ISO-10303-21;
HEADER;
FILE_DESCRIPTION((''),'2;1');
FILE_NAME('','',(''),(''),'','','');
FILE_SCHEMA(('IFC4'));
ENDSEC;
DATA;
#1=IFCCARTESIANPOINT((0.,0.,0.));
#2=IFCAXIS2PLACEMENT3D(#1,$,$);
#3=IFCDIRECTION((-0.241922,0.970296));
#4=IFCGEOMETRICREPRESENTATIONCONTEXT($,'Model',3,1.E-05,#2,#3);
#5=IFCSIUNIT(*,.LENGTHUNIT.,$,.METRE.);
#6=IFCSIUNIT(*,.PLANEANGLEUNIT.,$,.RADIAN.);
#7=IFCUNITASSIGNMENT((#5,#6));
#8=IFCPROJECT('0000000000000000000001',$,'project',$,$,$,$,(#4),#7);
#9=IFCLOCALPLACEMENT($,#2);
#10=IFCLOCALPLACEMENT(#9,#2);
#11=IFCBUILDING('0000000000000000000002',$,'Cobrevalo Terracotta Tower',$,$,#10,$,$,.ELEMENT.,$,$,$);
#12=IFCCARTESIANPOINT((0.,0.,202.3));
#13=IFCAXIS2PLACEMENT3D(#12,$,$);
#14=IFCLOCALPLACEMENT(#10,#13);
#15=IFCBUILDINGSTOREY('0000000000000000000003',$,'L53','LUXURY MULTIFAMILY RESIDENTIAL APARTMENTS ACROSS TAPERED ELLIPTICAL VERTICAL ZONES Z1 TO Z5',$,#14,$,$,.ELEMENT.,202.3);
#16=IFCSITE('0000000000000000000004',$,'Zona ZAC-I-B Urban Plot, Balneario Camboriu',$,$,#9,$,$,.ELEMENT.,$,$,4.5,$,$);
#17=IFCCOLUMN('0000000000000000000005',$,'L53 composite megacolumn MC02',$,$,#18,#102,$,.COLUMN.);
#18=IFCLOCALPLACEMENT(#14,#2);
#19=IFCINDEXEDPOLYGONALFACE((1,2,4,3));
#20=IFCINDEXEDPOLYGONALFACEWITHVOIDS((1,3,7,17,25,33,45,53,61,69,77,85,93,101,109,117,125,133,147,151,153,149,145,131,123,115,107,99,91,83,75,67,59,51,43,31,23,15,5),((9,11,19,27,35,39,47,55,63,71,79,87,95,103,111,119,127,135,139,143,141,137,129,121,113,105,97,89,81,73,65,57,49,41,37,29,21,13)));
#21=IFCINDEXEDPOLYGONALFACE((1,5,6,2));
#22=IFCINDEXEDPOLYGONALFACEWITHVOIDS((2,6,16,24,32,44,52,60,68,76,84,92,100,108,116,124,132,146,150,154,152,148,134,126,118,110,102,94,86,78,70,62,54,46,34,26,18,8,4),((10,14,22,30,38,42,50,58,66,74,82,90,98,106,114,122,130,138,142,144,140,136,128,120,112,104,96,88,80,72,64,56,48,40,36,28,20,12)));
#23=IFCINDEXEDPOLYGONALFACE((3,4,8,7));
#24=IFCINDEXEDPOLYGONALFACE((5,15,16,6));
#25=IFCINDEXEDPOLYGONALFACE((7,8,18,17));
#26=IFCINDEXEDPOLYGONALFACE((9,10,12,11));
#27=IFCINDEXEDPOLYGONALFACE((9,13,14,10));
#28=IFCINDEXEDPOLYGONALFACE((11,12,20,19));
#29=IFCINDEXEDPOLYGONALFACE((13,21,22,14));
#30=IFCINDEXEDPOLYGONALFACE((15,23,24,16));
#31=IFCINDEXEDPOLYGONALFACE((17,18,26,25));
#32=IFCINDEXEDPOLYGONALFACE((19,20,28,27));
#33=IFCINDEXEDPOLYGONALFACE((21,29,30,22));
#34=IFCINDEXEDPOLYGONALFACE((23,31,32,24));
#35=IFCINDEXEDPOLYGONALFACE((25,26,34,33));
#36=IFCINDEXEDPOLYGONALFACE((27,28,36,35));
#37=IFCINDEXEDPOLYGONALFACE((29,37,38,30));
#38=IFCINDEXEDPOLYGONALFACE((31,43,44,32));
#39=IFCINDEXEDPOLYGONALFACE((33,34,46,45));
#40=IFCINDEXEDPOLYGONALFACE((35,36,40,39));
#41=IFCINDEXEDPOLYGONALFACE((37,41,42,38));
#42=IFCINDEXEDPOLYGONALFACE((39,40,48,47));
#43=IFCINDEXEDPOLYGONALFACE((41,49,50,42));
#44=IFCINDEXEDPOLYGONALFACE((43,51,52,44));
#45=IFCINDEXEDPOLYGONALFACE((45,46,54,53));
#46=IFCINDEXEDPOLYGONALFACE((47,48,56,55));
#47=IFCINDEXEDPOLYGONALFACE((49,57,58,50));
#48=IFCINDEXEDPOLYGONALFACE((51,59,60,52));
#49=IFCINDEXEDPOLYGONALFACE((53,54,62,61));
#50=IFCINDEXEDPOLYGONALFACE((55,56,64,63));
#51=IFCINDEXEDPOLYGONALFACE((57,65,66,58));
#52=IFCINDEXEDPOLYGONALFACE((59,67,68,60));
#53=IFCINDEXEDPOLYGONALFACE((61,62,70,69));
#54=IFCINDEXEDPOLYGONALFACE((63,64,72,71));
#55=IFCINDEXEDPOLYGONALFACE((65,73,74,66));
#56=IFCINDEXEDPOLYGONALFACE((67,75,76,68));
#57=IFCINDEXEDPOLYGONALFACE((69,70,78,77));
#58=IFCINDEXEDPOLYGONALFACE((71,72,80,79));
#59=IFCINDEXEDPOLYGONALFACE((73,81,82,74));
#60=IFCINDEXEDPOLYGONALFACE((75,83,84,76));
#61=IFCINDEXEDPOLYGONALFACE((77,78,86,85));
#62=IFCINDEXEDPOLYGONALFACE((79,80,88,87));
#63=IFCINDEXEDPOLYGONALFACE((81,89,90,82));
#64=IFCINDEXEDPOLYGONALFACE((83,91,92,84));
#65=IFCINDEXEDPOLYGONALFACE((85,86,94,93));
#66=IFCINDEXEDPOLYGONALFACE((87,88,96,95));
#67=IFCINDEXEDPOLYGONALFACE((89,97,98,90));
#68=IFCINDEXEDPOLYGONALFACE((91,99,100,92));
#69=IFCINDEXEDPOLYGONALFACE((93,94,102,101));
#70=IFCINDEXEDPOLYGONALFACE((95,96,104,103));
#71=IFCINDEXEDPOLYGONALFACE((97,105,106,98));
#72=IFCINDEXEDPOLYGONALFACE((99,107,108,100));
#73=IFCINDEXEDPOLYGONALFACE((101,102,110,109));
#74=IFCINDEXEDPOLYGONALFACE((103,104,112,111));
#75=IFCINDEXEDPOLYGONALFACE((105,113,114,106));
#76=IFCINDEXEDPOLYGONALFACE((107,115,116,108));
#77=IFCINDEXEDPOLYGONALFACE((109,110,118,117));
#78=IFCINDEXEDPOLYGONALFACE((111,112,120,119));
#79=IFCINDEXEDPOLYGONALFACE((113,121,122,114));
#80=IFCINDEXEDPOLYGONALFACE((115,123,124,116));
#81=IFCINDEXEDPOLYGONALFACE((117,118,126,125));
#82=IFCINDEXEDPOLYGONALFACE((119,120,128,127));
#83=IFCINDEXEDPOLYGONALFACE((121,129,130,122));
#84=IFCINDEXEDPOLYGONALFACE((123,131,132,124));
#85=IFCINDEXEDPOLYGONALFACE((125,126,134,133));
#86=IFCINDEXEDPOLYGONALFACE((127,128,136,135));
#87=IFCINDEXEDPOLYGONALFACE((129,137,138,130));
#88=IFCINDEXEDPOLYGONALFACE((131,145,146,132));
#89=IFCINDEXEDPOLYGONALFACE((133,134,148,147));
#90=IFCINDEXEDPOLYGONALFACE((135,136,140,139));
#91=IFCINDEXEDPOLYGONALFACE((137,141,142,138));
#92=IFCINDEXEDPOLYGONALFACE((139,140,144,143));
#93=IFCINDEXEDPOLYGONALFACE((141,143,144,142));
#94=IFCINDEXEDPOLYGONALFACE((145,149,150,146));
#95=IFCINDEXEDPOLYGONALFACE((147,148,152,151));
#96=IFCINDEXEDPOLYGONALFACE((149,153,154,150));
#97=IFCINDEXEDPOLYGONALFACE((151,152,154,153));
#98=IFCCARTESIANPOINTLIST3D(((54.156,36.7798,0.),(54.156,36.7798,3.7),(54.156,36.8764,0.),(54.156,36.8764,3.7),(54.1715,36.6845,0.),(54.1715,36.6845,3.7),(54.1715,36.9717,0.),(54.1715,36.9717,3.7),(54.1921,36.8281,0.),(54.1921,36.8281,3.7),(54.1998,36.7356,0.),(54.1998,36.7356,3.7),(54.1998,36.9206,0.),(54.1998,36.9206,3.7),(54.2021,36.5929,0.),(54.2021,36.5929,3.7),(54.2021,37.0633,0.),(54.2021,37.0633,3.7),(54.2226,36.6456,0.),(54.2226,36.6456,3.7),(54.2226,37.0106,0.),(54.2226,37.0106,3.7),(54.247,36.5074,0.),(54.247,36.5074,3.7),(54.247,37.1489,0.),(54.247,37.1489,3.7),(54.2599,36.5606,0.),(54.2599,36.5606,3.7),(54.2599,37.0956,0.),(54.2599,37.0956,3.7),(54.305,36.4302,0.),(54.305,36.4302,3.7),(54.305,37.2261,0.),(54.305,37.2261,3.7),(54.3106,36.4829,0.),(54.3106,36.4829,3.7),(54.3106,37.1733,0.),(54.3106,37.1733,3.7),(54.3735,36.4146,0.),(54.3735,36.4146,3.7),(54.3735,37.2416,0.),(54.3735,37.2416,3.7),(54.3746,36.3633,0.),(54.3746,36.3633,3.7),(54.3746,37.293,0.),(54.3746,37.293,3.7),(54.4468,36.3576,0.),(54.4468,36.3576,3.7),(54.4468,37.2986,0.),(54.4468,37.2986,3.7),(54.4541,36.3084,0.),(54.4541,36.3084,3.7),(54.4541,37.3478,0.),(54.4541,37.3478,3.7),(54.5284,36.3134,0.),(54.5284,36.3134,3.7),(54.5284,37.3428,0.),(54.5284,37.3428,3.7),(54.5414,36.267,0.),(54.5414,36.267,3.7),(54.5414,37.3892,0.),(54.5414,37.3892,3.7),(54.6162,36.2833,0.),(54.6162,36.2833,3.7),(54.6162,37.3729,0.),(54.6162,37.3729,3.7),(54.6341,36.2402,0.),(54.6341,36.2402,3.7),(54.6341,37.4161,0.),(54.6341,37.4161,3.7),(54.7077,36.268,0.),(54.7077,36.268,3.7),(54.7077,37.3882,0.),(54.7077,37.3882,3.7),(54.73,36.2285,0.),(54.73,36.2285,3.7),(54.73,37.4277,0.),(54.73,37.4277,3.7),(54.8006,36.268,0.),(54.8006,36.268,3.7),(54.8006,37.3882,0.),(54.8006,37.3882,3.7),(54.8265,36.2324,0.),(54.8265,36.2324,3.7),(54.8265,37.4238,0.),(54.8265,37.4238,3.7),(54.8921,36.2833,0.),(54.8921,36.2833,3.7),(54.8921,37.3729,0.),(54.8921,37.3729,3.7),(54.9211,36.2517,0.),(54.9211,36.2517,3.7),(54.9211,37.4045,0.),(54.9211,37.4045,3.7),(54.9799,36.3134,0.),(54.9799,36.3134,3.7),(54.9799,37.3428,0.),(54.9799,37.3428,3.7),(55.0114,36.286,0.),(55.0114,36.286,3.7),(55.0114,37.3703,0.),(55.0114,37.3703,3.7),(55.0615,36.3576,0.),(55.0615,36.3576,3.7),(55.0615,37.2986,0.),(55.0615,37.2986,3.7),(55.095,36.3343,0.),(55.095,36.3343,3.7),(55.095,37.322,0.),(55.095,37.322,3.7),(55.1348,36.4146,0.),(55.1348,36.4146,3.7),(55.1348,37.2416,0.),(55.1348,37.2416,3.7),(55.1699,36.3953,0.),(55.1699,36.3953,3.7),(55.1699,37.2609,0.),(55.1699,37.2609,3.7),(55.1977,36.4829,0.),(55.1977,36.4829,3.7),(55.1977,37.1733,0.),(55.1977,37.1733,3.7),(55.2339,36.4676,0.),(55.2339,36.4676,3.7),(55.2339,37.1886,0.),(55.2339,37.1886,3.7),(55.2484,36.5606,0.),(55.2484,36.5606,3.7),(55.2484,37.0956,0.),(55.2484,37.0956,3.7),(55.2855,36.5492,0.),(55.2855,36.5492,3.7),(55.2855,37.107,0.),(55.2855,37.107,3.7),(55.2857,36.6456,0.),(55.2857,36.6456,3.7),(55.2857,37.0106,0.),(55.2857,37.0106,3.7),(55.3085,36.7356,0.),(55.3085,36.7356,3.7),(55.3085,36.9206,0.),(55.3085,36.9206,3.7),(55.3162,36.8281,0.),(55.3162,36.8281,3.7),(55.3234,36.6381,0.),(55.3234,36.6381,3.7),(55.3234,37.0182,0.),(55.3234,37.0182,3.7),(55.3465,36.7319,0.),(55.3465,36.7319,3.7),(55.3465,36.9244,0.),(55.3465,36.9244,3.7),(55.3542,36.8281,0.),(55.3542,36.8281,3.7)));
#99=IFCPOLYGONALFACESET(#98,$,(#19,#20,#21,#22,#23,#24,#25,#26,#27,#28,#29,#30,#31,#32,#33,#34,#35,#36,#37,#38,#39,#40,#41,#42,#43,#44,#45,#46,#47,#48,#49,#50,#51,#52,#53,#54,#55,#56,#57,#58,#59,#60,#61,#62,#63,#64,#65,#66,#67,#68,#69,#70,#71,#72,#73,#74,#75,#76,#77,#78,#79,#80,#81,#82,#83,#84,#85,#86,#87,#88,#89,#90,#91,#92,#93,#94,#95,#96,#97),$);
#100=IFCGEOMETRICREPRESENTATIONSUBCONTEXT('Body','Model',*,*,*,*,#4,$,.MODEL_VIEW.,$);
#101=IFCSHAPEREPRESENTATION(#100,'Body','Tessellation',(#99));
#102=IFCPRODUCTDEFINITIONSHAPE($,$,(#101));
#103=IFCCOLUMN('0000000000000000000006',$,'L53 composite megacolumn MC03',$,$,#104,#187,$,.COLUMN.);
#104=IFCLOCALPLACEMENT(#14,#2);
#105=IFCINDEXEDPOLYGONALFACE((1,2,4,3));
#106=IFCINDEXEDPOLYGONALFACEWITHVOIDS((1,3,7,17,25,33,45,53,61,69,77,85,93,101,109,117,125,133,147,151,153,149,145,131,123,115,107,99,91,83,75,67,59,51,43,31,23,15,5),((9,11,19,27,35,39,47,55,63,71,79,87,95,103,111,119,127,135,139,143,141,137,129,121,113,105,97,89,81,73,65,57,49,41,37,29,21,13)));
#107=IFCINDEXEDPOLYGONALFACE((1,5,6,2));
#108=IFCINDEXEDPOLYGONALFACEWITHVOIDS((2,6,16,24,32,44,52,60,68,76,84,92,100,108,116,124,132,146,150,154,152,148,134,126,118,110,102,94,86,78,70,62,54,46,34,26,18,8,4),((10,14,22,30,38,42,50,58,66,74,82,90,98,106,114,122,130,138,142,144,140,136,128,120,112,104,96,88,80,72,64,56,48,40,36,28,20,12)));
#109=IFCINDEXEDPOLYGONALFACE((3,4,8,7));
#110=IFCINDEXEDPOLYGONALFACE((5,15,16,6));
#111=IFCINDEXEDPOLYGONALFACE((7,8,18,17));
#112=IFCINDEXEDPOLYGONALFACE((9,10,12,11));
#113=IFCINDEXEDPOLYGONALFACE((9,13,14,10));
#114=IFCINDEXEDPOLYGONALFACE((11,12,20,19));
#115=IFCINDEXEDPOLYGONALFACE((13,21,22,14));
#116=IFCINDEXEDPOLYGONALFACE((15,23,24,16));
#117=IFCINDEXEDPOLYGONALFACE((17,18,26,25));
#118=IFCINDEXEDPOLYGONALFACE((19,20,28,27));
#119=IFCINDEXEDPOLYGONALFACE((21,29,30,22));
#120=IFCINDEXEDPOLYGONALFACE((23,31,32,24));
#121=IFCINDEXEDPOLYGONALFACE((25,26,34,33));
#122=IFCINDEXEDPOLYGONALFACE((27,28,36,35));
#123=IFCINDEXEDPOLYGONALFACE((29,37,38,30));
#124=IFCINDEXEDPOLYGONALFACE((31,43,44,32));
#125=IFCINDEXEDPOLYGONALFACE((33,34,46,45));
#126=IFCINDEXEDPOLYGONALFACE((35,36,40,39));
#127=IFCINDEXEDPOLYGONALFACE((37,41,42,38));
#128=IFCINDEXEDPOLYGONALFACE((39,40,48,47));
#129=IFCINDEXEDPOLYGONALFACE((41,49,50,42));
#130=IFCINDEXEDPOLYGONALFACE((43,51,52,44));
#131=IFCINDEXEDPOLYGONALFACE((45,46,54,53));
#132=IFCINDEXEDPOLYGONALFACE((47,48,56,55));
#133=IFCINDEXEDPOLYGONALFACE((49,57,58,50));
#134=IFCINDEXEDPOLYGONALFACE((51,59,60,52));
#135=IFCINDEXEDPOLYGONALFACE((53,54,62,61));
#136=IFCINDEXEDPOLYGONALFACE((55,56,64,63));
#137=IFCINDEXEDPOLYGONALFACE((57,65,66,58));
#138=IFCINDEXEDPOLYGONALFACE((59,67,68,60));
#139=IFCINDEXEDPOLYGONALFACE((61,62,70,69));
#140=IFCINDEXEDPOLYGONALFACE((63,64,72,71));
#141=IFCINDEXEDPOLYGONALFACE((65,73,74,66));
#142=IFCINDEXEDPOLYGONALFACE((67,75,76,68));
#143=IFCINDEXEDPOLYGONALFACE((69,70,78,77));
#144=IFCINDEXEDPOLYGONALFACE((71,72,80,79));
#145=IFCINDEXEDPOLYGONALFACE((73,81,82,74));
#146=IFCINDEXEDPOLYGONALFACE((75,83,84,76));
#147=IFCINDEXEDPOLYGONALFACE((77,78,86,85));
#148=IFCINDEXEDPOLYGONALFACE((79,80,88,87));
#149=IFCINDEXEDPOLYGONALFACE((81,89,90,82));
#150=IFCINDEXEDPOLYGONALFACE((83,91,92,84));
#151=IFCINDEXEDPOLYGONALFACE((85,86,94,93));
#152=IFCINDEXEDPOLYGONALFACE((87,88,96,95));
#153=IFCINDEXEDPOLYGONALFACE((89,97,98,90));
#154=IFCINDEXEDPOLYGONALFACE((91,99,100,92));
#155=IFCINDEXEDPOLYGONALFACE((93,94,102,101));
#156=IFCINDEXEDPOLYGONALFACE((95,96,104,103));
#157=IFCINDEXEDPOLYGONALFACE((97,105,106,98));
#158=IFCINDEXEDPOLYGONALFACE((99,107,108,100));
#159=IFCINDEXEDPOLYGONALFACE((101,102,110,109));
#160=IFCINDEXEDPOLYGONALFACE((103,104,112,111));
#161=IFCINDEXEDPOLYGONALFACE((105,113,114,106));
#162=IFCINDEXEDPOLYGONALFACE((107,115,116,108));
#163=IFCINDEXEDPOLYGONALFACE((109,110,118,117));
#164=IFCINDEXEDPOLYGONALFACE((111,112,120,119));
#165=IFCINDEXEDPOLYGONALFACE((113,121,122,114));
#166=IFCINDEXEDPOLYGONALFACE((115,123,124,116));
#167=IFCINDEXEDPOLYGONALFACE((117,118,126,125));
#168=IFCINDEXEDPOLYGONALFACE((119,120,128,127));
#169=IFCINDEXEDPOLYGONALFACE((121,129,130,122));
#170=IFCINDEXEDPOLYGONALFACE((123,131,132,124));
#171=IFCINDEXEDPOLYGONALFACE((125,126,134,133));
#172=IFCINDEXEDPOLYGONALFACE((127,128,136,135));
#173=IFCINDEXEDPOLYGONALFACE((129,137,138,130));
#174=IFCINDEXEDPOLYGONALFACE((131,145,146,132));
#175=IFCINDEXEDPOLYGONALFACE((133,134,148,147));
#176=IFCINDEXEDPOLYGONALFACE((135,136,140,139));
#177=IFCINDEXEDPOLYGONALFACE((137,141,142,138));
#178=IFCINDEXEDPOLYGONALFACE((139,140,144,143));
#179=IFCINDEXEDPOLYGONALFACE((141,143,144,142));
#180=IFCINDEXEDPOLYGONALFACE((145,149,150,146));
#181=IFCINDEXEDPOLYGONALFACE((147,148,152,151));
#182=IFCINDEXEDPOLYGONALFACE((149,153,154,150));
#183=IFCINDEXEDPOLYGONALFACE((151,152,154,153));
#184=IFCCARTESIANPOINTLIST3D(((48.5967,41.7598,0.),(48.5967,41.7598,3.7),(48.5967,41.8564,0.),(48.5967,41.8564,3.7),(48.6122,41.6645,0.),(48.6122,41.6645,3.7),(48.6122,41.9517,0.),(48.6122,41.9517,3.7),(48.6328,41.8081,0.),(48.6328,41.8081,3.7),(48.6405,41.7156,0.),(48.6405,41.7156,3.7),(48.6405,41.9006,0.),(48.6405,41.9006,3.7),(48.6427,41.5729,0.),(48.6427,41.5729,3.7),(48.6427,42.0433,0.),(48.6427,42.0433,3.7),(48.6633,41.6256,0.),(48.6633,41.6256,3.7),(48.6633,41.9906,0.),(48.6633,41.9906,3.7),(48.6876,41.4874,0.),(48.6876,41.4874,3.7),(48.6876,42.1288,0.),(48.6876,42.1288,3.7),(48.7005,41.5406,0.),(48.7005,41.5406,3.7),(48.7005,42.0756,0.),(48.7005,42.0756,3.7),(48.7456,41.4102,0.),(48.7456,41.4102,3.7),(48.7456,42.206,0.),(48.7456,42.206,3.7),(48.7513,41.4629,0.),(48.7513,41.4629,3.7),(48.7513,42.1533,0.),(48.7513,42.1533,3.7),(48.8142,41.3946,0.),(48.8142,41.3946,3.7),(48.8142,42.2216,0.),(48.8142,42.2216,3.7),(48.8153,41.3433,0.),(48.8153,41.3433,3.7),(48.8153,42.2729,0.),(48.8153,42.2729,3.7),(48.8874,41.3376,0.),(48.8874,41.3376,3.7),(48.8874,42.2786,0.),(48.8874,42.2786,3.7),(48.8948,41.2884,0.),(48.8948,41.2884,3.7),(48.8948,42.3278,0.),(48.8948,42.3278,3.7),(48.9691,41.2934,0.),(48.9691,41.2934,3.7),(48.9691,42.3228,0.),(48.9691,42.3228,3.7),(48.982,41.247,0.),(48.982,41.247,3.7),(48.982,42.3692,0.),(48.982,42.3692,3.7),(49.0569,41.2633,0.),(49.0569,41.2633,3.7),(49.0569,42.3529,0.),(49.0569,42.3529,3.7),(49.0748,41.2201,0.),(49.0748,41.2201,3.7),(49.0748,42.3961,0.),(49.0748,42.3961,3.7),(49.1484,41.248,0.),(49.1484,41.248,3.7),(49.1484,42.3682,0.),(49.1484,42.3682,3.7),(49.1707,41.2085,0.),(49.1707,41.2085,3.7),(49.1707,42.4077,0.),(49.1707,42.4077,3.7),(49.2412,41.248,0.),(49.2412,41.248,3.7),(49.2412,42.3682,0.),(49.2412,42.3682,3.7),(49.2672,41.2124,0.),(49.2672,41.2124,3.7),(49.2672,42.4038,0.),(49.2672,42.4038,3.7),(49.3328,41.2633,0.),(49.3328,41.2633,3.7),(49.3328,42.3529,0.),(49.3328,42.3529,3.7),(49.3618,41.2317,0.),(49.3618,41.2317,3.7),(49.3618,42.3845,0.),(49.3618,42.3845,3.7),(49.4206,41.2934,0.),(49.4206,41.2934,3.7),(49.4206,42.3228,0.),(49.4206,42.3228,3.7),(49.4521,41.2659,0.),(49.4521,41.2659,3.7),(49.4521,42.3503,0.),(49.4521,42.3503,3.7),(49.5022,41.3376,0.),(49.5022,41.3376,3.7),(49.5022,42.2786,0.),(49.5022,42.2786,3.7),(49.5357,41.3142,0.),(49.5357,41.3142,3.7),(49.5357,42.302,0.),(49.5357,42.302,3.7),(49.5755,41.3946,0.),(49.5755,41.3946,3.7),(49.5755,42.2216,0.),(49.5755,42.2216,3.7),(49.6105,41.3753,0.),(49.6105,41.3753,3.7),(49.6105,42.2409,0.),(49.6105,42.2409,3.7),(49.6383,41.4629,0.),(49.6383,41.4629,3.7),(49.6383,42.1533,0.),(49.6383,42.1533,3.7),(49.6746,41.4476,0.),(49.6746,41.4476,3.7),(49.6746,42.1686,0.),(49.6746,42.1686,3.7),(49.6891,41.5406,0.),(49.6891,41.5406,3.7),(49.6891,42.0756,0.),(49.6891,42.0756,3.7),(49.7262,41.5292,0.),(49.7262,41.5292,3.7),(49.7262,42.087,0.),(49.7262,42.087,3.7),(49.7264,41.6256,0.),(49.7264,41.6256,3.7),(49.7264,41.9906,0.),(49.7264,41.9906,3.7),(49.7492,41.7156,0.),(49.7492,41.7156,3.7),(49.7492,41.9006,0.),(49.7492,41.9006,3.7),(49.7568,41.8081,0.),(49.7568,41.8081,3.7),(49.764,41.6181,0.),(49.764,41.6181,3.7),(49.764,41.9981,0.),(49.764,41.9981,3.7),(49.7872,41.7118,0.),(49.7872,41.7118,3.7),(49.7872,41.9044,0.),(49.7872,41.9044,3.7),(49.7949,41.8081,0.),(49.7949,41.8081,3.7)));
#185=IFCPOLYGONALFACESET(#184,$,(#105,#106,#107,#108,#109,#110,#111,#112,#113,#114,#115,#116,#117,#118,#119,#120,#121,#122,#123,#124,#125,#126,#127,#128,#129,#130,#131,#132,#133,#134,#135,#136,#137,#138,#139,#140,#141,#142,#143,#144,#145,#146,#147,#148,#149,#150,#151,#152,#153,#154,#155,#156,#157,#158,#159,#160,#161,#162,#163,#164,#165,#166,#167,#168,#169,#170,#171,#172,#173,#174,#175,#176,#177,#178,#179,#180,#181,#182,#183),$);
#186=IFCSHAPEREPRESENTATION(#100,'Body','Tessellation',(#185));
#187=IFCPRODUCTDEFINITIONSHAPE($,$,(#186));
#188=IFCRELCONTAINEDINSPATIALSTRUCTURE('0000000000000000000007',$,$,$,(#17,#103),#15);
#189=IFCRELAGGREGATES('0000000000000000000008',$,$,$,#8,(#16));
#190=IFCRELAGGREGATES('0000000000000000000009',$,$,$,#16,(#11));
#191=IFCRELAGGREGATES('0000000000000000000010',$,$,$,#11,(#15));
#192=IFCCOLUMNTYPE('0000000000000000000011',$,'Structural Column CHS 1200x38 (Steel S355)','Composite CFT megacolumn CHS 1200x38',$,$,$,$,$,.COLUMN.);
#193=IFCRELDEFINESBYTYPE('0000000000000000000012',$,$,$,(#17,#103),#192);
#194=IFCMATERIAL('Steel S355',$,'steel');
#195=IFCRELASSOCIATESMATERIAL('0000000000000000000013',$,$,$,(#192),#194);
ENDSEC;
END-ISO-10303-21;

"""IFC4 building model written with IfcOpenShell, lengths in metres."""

from ifc_helpers import new_model, si_unit, direction, frame, origin, origin_2d, place, context, subcontext, project, spatial, hollow_circle, extrude, material, material_profile, profile_set, type_object, element, save


model = new_model("IFC4")

# Units and contexts
model_context = context("Model", 3, precision=1e-05, world=origin(), true_north=direction((-0.241922, 0.970296)))
body_context = subcontext(model_context, "Body", "Model", "MODEL_VIEW")
ifc_project = project(units=[si_unit("LENGTHUNIT", "METRE"), si_unit("PLANEANGLEUNIT", "RADIAN")], contexts=[model_context])

# Site, building, storey
site_placement = place(None, origin())
site = spatial("IfcSite", under=ifc_project, at=site_placement, Name="Zona ZAC-I-B Urban Plot, Balneario Camboriu", CompositionType="ELEMENT", RefElevation=4.5)
building_placement = place(site_placement, origin())
building = spatial("IfcBuilding", under=site, at=building_placement, Name="Cobrevalo Terracotta Tower", CompositionType="ELEMENT")
storey_placement = place(building_placement, frame((0.0, 0.0, 202.3)))
storey = spatial("IfcBuildingStorey", under=building, at=storey_placement, Name="L53", Description="LUXURY MULTIFAMILY RESIDENTIAL APARTMENTS ACROSS TAPERED ELLIPTICAL VERTICAL ZONES Z1 TO Z5", CompositionType="ELEMENT", Elevation=202.3)

# Columns
ifc_material_1 = material(Name="Steel S355", Category="steel")
ifc_material_profile_1 = material_profile(ifc_material_1, hollow_circle(Radius=0.6001, WallThickness=0.0381, at=origin_2d()), Name="CHS 1200x38")
ifc_profile_set_1 = profile_set([ifc_material_profile_1], Name="Steel S355")
column_type = type_object("IfcColumnType", Name="Structural Column CHS 1200x38 (Steel S355)", Description="Composite CFT megacolumn CHS 1200x38", PredefinedType="COLUMN", material=ifc_profile_set_1)
for number, where, z_axis, x_axis, name in (
    (1, (54.7542, 36.8281, 0.0), (0.0, 0.0, 1.0), (1.0, 0.0, 0.0), "L53 composite megacolumn MC02"),
    (2, (49.1948, 41.8081, 0.0), (0.0, 0.0, 1.0), (1.0, 0.0, 0.0), "L53 composite megacolumn MC03"),
):
    element("IfcColumn", number, at=place(storey_placement, frame(where, z_axis=z_axis, x_axis=x_axis)), inside=storey, type_object=column_type, Name=name, PredefinedType="COLUMN", context=body_context, shape_type="SweptSolid", body=[
        extrude(hollow_circle(Radius=0.6001, WallThickness=0.0381, at=origin_2d()), origin(), (0.0, 0.0, 1.0), 3.7),
    ])

save(model, "model.ifc")
